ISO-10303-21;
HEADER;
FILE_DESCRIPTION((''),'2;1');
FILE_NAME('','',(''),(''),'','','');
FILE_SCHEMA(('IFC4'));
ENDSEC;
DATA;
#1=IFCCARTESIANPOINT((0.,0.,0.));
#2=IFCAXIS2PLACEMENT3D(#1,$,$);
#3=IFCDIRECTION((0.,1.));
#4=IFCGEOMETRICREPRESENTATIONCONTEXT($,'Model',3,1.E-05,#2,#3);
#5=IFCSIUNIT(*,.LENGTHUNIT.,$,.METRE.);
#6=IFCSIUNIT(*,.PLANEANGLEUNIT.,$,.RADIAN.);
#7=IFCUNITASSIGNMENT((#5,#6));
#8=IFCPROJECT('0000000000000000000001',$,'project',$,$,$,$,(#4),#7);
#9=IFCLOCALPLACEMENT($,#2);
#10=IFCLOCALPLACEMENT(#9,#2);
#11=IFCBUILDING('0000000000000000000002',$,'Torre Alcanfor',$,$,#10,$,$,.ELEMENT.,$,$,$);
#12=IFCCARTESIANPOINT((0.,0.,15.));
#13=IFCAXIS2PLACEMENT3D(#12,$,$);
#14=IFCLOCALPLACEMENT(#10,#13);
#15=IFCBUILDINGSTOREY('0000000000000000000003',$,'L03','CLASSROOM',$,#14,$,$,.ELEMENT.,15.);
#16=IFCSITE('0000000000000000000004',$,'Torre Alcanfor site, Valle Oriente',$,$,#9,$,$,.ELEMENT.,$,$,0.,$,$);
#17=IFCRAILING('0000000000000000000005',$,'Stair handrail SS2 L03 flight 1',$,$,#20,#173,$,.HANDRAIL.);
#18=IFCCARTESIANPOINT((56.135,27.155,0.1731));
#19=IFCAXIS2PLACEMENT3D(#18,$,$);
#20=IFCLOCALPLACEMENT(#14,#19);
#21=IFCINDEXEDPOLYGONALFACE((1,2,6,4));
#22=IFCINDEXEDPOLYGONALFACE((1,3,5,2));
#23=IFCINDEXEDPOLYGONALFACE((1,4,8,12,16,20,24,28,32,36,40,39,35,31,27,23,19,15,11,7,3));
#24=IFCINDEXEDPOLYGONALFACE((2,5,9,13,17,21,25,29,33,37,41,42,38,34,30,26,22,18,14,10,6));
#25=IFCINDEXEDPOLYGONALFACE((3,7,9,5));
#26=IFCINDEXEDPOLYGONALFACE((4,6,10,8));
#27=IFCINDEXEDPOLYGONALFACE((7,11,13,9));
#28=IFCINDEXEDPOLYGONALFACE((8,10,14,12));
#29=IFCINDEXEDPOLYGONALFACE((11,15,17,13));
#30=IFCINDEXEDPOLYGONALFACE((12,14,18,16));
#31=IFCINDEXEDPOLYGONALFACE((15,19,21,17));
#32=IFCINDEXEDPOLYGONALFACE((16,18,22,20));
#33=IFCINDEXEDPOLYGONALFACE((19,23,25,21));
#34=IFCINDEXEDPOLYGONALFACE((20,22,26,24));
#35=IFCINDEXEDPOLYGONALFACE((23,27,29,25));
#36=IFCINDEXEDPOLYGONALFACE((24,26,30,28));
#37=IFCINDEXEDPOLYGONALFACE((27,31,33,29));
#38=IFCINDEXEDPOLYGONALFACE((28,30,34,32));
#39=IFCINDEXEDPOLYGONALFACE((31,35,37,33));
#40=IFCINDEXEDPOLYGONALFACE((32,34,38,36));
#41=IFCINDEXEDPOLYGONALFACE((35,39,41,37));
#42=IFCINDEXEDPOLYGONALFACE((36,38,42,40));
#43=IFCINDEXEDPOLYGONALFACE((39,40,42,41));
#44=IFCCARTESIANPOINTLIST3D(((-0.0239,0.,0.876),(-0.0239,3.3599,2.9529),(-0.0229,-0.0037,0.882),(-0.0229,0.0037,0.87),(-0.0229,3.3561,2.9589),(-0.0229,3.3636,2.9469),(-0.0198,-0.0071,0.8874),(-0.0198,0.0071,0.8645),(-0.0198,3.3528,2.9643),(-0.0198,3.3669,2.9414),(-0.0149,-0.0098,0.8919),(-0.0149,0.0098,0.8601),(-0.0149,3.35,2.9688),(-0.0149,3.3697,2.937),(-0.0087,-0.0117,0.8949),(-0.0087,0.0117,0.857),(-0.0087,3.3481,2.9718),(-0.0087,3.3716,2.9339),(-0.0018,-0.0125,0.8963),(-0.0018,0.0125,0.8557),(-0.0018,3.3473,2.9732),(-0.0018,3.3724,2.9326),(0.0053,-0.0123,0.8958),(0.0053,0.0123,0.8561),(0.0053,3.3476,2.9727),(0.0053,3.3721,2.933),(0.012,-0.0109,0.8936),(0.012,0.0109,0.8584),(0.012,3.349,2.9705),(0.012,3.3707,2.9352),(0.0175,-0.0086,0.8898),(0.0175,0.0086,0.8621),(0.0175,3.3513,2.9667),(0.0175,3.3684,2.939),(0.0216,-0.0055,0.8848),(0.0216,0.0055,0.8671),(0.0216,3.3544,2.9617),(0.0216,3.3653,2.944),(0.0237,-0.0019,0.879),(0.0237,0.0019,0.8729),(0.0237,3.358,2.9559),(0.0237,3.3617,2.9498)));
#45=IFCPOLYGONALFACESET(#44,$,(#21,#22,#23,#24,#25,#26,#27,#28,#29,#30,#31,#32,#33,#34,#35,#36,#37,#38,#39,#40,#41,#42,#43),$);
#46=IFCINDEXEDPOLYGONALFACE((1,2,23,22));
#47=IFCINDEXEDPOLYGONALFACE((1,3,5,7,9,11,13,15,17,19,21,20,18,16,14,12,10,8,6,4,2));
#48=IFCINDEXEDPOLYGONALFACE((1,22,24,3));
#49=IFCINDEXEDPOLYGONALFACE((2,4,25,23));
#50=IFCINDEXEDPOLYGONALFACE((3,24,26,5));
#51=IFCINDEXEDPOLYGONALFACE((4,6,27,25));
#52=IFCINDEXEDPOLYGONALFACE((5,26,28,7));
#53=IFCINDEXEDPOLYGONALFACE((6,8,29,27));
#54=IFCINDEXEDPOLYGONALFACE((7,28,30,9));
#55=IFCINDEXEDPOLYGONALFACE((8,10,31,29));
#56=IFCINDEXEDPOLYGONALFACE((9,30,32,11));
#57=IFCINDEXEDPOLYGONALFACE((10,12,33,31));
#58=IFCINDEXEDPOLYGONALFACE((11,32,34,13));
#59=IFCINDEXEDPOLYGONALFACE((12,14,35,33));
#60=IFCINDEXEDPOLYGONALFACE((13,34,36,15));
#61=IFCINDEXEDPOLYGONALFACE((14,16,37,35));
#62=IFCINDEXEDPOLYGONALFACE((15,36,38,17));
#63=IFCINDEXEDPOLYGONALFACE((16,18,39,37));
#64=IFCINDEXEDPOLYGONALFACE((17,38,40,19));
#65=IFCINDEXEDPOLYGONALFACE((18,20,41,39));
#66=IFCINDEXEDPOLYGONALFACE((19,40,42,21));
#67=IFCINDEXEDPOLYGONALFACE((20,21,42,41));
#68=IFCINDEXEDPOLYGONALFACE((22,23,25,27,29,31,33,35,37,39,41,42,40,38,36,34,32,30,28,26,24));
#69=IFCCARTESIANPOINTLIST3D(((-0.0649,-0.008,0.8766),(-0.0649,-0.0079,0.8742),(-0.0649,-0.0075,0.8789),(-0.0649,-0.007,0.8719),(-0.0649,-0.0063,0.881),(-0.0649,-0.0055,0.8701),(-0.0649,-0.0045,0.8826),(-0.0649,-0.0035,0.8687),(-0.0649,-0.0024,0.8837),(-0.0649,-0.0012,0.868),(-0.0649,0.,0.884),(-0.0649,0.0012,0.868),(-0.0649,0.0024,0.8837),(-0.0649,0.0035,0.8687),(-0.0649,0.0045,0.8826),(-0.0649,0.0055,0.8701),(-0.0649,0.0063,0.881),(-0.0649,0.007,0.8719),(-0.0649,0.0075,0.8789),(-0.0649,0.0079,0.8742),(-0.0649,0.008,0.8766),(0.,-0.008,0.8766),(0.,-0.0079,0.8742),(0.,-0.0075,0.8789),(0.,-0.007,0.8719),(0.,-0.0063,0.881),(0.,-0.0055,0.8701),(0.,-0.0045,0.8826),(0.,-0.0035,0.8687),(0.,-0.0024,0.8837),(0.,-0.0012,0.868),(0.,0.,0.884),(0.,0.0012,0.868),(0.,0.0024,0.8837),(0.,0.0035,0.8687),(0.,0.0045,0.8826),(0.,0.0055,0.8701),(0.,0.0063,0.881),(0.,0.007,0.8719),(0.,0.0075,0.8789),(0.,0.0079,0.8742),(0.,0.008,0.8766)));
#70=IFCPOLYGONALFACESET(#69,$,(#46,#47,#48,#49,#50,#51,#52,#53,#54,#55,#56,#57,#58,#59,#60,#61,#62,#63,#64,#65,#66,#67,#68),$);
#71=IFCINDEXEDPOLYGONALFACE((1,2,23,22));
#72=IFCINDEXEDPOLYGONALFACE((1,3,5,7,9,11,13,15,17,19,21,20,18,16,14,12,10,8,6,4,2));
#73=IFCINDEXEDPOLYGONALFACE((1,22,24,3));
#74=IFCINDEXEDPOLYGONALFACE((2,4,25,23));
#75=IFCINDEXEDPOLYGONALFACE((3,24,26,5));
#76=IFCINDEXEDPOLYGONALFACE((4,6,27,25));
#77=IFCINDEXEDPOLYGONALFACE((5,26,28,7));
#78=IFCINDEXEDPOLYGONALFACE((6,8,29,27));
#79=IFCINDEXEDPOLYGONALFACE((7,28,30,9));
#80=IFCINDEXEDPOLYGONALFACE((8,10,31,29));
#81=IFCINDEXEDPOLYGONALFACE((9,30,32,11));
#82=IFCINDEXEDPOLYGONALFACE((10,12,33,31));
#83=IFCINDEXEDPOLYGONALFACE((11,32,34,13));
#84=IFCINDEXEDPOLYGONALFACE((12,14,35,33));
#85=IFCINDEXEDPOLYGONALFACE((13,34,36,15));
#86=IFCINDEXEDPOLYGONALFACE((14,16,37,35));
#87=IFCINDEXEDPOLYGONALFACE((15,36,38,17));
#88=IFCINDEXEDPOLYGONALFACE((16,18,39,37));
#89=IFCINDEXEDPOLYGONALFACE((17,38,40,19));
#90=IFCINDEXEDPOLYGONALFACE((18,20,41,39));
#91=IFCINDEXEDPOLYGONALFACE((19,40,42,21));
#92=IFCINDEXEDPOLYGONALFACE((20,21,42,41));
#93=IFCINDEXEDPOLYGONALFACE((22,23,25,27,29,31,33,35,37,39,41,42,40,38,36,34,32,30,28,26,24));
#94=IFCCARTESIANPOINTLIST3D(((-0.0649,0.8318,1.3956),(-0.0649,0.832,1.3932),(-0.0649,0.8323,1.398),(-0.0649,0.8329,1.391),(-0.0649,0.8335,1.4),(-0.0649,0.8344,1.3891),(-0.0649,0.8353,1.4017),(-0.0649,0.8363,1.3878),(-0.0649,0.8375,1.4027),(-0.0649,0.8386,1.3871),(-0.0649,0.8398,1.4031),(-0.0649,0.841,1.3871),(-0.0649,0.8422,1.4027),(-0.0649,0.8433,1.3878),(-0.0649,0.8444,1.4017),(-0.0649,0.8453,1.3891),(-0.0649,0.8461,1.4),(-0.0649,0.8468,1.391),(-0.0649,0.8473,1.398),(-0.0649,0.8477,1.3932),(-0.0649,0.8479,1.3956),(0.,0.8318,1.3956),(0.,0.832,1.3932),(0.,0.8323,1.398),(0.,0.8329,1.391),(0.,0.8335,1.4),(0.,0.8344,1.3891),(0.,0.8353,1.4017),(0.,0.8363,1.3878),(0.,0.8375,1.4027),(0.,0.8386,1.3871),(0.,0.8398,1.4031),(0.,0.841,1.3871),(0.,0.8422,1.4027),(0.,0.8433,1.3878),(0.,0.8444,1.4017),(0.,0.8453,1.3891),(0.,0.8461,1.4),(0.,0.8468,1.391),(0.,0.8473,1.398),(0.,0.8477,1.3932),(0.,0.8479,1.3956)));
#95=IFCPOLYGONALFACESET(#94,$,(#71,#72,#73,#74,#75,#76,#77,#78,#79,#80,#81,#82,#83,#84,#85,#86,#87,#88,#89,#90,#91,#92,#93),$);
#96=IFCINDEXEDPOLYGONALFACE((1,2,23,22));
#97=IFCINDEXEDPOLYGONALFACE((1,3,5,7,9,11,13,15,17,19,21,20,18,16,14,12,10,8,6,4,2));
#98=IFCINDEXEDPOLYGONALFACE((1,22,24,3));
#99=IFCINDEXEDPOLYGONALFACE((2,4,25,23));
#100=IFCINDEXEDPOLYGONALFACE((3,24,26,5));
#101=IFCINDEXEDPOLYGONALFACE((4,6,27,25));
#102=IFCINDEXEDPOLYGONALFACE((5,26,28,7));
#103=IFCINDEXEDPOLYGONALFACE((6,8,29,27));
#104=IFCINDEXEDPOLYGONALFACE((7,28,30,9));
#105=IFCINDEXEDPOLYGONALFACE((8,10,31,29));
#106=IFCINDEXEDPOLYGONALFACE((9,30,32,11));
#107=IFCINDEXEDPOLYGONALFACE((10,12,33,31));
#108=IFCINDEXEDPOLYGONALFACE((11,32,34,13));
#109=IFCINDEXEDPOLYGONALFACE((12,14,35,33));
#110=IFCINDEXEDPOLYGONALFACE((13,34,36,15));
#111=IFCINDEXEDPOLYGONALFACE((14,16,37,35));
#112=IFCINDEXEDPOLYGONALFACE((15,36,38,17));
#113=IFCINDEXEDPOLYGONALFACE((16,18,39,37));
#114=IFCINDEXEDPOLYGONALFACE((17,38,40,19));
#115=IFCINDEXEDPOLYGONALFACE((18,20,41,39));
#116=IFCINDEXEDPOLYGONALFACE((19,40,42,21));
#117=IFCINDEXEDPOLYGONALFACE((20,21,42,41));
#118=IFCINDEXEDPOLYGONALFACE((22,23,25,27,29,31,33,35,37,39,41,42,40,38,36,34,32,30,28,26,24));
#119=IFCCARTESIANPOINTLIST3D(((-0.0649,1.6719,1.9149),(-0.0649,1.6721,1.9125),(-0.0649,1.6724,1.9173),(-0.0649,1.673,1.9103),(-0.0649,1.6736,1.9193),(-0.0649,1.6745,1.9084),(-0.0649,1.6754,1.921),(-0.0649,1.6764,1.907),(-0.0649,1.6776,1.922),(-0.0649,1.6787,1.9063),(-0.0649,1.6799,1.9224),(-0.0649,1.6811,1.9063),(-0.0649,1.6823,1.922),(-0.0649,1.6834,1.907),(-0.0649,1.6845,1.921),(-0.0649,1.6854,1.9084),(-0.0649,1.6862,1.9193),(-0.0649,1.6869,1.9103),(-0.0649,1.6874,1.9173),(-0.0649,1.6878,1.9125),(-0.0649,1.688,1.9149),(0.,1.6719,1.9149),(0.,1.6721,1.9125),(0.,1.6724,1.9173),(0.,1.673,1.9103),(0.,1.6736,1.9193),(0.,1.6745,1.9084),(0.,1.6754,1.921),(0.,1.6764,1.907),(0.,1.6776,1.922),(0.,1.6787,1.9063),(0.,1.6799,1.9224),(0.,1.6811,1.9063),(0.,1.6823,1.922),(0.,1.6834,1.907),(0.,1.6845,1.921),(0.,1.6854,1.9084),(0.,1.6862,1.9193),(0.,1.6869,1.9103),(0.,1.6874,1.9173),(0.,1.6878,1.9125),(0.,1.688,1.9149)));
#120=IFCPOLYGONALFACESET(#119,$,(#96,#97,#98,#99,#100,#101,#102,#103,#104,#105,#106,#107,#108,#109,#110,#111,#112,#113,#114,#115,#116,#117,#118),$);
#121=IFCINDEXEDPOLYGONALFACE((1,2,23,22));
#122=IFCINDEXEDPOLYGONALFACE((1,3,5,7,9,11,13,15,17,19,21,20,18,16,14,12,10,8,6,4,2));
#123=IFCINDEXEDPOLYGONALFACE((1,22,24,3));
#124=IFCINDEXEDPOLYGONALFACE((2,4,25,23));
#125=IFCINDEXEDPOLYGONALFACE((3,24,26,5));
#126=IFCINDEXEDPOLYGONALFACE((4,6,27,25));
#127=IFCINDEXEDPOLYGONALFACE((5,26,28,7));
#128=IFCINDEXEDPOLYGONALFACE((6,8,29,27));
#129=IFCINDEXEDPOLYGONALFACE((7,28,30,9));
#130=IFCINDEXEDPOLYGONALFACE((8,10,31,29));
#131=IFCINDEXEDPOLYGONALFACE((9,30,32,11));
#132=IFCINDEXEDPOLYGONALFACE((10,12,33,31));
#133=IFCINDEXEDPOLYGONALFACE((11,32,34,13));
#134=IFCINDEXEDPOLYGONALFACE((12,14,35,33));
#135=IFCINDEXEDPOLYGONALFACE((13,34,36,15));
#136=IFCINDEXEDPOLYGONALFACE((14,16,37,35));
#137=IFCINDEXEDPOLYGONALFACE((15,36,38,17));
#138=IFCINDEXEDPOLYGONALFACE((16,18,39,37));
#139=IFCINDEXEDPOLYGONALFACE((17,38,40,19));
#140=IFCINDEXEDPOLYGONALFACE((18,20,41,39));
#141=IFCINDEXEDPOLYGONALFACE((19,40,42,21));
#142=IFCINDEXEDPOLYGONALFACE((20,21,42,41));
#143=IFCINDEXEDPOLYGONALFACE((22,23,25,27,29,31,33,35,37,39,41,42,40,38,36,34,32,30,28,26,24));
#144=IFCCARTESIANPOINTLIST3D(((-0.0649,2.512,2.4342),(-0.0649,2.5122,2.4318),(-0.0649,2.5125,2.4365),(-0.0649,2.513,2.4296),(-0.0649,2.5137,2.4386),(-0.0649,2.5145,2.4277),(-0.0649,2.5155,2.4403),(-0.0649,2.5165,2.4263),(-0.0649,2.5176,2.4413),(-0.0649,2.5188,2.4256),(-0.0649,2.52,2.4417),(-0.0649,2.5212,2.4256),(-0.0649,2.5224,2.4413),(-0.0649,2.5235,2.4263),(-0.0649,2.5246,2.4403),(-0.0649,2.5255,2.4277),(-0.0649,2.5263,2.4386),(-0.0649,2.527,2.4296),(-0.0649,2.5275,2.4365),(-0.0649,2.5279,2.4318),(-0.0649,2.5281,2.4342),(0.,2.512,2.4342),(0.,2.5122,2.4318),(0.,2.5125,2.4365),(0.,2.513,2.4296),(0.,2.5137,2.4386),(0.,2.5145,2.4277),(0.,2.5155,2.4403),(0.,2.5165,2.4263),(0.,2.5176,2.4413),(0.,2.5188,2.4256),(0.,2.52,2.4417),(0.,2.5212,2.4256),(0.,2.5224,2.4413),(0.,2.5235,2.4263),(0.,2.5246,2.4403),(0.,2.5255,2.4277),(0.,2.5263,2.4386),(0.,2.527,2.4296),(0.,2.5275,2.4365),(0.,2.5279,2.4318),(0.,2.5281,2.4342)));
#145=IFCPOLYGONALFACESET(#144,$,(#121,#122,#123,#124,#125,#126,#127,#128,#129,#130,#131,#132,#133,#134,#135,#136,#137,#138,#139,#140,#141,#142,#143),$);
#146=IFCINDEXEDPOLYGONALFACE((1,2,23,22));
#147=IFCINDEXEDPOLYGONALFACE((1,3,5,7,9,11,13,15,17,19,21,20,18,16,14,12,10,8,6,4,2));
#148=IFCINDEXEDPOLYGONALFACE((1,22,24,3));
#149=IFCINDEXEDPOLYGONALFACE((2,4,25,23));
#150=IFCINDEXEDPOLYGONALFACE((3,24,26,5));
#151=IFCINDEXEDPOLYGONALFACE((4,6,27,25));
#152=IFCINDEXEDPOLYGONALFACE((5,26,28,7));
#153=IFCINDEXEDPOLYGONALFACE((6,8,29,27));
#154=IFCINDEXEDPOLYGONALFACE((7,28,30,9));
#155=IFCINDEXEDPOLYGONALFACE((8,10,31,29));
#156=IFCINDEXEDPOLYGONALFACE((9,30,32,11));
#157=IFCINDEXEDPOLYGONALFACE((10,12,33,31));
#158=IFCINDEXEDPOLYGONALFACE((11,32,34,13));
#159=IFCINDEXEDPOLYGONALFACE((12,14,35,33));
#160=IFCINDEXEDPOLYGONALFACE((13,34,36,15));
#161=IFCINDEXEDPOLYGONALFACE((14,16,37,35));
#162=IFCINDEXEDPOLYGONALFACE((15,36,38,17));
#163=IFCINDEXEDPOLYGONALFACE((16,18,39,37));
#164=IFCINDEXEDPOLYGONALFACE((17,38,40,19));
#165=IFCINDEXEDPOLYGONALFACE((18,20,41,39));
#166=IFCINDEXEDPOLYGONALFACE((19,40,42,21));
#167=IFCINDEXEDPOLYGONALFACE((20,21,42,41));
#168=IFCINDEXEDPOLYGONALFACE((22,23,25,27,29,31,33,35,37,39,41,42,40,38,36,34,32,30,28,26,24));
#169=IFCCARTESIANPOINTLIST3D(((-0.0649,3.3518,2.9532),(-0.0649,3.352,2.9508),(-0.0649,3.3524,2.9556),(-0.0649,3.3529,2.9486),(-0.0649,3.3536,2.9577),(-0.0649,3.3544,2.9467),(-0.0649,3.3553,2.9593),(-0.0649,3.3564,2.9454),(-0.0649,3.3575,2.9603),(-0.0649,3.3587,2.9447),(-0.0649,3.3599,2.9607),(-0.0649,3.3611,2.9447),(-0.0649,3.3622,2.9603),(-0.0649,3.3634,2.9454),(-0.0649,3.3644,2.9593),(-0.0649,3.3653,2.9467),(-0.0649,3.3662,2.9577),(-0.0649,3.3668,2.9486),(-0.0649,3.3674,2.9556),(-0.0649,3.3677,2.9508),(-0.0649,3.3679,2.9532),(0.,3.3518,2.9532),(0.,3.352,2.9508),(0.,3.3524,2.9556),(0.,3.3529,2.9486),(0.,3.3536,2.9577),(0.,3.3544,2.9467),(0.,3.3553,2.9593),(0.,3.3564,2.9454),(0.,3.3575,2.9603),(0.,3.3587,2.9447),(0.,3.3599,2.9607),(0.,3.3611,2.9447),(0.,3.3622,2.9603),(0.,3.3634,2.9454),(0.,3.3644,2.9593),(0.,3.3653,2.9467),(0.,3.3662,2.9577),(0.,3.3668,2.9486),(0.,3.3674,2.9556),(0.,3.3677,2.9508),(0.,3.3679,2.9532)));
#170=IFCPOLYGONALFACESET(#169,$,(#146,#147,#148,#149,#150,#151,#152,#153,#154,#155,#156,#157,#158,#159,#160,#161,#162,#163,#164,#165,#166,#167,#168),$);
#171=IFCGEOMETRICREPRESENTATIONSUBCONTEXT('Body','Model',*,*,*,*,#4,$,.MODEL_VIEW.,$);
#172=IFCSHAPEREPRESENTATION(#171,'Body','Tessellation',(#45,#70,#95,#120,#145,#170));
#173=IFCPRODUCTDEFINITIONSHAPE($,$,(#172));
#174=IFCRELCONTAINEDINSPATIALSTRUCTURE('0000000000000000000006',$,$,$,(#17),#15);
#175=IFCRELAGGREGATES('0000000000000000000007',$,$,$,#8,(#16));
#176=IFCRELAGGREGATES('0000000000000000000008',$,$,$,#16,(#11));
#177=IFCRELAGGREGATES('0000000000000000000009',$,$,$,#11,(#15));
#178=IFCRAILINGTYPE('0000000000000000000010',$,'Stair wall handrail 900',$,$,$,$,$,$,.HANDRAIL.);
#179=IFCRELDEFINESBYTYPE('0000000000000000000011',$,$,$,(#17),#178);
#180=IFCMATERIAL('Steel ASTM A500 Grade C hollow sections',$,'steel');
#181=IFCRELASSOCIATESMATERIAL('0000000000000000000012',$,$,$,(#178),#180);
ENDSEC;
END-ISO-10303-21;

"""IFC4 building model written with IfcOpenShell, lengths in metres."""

from ifc_helpers import new_model, si_unit, direction, frame, origin, origin_2d, place, context, subcontext, project, spatial, circle, extrude, material, type_object, element, save


model = new_model("IFC4")

# Units and contexts
model_context = context("Model", 3, precision=1e-05, world=origin(), true_north=direction((0.0, 1.0)))
body_context = subcontext(model_context, "Body", "Model", "MODEL_VIEW")
ifc_project = project(units=[si_unit("LENGTHUNIT", "METRE"), si_unit("PLANEANGLEUNIT", "RADIAN")], contexts=[model_context])

# Site, building, storey
site_placement = place(None, origin())
site = spatial("IfcSite", under=ifc_project, at=site_placement, Name="Torre Alcanfor site, Valle Oriente", CompositionType="ELEMENT", RefElevation=0.0)
building_placement = place(site_placement, origin())
building = spatial("IfcBuilding", under=site, at=building_placement, Name="Torre Alcanfor", CompositionType="ELEMENT")
storey_placement = place(building_placement, frame((0.0, 0.0, 15.0)))
storey = spatial("IfcBuildingStorey", under=building, at=storey_placement, Name="L03", Description="CLASSROOM", CompositionType="ELEMENT", Elevation=15.0)

# Railing
ifc_material_1 = material(Name="Steel ASTM A500 Grade C hollow sections", Category="steel")
railing_type_1 = type_object("IfcRailingType", Name="Stair wall handrail 900", PredefinedType="HANDRAIL", material=ifc_material_1)
railing_1_placement = place(storey_placement, frame((56.135, 27.155, 0.1731)))
element("IfcRailing", 1, at=railing_1_placement, inside=storey, type_object=railing_type_1, Name="Stair handrail SS2 L03 flight 1", PredefinedType="HANDRAIL", context=body_context, shape_type="SweptSolid", body=[
    extrude(circle(Radius=0.0239, at=origin_2d()), frame((0.0, 0.0, 0.876), z_axis=(0.0, 0.850606, 0.525803), x_axis=(-1.0, 0.0, 0.0)), (0.0, 0.0, 1.0), 3.95),
    extrude(circle(Radius=0.0081, at=origin_2d()), frame((0.0, 0.0, 0.876), z_axis=(-1.0, 0.0, 0.0), x_axis=(0.0, 0.0, 1.0)), (0.0, 0.0, 1.0), 0.0649),
    extrude(circle(Radius=0.0081, at=origin_2d()), frame((0.0, 0.8398, 1.395), z_axis=(-1.0, 0.0, 0.0), x_axis=(0.0, 0.0, 1.0)), (0.0, 0.0, 1.0), 0.0649),
    extrude(circle(Radius=0.0081, at=origin_2d()), frame((0.0, 1.6799, 1.9143), z_axis=(-1.0, 0.0, 0.0), x_axis=(0.0, 0.0, 1.0)), (0.0, 0.0, 1.0), 0.0649),
    extrude(circle(Radius=0.0081, at=origin_2d()), frame((0.0, 2.52, 2.4336), z_axis=(-1.0, 0.0, 0.0), x_axis=(0.0, 0.0, 1.0)), (0.0, 0.0, 1.0), 0.0649),
    extrude(circle(Radius=0.0081, at=origin_2d()), frame((0.0, 3.3599, 2.9526), z_axis=(-1.0, 0.0, 0.0), x_axis=(0.0, 0.0, 1.0)), (0.0, 0.0, 1.0), 0.0649),
])

save(model, "model.ifc")
